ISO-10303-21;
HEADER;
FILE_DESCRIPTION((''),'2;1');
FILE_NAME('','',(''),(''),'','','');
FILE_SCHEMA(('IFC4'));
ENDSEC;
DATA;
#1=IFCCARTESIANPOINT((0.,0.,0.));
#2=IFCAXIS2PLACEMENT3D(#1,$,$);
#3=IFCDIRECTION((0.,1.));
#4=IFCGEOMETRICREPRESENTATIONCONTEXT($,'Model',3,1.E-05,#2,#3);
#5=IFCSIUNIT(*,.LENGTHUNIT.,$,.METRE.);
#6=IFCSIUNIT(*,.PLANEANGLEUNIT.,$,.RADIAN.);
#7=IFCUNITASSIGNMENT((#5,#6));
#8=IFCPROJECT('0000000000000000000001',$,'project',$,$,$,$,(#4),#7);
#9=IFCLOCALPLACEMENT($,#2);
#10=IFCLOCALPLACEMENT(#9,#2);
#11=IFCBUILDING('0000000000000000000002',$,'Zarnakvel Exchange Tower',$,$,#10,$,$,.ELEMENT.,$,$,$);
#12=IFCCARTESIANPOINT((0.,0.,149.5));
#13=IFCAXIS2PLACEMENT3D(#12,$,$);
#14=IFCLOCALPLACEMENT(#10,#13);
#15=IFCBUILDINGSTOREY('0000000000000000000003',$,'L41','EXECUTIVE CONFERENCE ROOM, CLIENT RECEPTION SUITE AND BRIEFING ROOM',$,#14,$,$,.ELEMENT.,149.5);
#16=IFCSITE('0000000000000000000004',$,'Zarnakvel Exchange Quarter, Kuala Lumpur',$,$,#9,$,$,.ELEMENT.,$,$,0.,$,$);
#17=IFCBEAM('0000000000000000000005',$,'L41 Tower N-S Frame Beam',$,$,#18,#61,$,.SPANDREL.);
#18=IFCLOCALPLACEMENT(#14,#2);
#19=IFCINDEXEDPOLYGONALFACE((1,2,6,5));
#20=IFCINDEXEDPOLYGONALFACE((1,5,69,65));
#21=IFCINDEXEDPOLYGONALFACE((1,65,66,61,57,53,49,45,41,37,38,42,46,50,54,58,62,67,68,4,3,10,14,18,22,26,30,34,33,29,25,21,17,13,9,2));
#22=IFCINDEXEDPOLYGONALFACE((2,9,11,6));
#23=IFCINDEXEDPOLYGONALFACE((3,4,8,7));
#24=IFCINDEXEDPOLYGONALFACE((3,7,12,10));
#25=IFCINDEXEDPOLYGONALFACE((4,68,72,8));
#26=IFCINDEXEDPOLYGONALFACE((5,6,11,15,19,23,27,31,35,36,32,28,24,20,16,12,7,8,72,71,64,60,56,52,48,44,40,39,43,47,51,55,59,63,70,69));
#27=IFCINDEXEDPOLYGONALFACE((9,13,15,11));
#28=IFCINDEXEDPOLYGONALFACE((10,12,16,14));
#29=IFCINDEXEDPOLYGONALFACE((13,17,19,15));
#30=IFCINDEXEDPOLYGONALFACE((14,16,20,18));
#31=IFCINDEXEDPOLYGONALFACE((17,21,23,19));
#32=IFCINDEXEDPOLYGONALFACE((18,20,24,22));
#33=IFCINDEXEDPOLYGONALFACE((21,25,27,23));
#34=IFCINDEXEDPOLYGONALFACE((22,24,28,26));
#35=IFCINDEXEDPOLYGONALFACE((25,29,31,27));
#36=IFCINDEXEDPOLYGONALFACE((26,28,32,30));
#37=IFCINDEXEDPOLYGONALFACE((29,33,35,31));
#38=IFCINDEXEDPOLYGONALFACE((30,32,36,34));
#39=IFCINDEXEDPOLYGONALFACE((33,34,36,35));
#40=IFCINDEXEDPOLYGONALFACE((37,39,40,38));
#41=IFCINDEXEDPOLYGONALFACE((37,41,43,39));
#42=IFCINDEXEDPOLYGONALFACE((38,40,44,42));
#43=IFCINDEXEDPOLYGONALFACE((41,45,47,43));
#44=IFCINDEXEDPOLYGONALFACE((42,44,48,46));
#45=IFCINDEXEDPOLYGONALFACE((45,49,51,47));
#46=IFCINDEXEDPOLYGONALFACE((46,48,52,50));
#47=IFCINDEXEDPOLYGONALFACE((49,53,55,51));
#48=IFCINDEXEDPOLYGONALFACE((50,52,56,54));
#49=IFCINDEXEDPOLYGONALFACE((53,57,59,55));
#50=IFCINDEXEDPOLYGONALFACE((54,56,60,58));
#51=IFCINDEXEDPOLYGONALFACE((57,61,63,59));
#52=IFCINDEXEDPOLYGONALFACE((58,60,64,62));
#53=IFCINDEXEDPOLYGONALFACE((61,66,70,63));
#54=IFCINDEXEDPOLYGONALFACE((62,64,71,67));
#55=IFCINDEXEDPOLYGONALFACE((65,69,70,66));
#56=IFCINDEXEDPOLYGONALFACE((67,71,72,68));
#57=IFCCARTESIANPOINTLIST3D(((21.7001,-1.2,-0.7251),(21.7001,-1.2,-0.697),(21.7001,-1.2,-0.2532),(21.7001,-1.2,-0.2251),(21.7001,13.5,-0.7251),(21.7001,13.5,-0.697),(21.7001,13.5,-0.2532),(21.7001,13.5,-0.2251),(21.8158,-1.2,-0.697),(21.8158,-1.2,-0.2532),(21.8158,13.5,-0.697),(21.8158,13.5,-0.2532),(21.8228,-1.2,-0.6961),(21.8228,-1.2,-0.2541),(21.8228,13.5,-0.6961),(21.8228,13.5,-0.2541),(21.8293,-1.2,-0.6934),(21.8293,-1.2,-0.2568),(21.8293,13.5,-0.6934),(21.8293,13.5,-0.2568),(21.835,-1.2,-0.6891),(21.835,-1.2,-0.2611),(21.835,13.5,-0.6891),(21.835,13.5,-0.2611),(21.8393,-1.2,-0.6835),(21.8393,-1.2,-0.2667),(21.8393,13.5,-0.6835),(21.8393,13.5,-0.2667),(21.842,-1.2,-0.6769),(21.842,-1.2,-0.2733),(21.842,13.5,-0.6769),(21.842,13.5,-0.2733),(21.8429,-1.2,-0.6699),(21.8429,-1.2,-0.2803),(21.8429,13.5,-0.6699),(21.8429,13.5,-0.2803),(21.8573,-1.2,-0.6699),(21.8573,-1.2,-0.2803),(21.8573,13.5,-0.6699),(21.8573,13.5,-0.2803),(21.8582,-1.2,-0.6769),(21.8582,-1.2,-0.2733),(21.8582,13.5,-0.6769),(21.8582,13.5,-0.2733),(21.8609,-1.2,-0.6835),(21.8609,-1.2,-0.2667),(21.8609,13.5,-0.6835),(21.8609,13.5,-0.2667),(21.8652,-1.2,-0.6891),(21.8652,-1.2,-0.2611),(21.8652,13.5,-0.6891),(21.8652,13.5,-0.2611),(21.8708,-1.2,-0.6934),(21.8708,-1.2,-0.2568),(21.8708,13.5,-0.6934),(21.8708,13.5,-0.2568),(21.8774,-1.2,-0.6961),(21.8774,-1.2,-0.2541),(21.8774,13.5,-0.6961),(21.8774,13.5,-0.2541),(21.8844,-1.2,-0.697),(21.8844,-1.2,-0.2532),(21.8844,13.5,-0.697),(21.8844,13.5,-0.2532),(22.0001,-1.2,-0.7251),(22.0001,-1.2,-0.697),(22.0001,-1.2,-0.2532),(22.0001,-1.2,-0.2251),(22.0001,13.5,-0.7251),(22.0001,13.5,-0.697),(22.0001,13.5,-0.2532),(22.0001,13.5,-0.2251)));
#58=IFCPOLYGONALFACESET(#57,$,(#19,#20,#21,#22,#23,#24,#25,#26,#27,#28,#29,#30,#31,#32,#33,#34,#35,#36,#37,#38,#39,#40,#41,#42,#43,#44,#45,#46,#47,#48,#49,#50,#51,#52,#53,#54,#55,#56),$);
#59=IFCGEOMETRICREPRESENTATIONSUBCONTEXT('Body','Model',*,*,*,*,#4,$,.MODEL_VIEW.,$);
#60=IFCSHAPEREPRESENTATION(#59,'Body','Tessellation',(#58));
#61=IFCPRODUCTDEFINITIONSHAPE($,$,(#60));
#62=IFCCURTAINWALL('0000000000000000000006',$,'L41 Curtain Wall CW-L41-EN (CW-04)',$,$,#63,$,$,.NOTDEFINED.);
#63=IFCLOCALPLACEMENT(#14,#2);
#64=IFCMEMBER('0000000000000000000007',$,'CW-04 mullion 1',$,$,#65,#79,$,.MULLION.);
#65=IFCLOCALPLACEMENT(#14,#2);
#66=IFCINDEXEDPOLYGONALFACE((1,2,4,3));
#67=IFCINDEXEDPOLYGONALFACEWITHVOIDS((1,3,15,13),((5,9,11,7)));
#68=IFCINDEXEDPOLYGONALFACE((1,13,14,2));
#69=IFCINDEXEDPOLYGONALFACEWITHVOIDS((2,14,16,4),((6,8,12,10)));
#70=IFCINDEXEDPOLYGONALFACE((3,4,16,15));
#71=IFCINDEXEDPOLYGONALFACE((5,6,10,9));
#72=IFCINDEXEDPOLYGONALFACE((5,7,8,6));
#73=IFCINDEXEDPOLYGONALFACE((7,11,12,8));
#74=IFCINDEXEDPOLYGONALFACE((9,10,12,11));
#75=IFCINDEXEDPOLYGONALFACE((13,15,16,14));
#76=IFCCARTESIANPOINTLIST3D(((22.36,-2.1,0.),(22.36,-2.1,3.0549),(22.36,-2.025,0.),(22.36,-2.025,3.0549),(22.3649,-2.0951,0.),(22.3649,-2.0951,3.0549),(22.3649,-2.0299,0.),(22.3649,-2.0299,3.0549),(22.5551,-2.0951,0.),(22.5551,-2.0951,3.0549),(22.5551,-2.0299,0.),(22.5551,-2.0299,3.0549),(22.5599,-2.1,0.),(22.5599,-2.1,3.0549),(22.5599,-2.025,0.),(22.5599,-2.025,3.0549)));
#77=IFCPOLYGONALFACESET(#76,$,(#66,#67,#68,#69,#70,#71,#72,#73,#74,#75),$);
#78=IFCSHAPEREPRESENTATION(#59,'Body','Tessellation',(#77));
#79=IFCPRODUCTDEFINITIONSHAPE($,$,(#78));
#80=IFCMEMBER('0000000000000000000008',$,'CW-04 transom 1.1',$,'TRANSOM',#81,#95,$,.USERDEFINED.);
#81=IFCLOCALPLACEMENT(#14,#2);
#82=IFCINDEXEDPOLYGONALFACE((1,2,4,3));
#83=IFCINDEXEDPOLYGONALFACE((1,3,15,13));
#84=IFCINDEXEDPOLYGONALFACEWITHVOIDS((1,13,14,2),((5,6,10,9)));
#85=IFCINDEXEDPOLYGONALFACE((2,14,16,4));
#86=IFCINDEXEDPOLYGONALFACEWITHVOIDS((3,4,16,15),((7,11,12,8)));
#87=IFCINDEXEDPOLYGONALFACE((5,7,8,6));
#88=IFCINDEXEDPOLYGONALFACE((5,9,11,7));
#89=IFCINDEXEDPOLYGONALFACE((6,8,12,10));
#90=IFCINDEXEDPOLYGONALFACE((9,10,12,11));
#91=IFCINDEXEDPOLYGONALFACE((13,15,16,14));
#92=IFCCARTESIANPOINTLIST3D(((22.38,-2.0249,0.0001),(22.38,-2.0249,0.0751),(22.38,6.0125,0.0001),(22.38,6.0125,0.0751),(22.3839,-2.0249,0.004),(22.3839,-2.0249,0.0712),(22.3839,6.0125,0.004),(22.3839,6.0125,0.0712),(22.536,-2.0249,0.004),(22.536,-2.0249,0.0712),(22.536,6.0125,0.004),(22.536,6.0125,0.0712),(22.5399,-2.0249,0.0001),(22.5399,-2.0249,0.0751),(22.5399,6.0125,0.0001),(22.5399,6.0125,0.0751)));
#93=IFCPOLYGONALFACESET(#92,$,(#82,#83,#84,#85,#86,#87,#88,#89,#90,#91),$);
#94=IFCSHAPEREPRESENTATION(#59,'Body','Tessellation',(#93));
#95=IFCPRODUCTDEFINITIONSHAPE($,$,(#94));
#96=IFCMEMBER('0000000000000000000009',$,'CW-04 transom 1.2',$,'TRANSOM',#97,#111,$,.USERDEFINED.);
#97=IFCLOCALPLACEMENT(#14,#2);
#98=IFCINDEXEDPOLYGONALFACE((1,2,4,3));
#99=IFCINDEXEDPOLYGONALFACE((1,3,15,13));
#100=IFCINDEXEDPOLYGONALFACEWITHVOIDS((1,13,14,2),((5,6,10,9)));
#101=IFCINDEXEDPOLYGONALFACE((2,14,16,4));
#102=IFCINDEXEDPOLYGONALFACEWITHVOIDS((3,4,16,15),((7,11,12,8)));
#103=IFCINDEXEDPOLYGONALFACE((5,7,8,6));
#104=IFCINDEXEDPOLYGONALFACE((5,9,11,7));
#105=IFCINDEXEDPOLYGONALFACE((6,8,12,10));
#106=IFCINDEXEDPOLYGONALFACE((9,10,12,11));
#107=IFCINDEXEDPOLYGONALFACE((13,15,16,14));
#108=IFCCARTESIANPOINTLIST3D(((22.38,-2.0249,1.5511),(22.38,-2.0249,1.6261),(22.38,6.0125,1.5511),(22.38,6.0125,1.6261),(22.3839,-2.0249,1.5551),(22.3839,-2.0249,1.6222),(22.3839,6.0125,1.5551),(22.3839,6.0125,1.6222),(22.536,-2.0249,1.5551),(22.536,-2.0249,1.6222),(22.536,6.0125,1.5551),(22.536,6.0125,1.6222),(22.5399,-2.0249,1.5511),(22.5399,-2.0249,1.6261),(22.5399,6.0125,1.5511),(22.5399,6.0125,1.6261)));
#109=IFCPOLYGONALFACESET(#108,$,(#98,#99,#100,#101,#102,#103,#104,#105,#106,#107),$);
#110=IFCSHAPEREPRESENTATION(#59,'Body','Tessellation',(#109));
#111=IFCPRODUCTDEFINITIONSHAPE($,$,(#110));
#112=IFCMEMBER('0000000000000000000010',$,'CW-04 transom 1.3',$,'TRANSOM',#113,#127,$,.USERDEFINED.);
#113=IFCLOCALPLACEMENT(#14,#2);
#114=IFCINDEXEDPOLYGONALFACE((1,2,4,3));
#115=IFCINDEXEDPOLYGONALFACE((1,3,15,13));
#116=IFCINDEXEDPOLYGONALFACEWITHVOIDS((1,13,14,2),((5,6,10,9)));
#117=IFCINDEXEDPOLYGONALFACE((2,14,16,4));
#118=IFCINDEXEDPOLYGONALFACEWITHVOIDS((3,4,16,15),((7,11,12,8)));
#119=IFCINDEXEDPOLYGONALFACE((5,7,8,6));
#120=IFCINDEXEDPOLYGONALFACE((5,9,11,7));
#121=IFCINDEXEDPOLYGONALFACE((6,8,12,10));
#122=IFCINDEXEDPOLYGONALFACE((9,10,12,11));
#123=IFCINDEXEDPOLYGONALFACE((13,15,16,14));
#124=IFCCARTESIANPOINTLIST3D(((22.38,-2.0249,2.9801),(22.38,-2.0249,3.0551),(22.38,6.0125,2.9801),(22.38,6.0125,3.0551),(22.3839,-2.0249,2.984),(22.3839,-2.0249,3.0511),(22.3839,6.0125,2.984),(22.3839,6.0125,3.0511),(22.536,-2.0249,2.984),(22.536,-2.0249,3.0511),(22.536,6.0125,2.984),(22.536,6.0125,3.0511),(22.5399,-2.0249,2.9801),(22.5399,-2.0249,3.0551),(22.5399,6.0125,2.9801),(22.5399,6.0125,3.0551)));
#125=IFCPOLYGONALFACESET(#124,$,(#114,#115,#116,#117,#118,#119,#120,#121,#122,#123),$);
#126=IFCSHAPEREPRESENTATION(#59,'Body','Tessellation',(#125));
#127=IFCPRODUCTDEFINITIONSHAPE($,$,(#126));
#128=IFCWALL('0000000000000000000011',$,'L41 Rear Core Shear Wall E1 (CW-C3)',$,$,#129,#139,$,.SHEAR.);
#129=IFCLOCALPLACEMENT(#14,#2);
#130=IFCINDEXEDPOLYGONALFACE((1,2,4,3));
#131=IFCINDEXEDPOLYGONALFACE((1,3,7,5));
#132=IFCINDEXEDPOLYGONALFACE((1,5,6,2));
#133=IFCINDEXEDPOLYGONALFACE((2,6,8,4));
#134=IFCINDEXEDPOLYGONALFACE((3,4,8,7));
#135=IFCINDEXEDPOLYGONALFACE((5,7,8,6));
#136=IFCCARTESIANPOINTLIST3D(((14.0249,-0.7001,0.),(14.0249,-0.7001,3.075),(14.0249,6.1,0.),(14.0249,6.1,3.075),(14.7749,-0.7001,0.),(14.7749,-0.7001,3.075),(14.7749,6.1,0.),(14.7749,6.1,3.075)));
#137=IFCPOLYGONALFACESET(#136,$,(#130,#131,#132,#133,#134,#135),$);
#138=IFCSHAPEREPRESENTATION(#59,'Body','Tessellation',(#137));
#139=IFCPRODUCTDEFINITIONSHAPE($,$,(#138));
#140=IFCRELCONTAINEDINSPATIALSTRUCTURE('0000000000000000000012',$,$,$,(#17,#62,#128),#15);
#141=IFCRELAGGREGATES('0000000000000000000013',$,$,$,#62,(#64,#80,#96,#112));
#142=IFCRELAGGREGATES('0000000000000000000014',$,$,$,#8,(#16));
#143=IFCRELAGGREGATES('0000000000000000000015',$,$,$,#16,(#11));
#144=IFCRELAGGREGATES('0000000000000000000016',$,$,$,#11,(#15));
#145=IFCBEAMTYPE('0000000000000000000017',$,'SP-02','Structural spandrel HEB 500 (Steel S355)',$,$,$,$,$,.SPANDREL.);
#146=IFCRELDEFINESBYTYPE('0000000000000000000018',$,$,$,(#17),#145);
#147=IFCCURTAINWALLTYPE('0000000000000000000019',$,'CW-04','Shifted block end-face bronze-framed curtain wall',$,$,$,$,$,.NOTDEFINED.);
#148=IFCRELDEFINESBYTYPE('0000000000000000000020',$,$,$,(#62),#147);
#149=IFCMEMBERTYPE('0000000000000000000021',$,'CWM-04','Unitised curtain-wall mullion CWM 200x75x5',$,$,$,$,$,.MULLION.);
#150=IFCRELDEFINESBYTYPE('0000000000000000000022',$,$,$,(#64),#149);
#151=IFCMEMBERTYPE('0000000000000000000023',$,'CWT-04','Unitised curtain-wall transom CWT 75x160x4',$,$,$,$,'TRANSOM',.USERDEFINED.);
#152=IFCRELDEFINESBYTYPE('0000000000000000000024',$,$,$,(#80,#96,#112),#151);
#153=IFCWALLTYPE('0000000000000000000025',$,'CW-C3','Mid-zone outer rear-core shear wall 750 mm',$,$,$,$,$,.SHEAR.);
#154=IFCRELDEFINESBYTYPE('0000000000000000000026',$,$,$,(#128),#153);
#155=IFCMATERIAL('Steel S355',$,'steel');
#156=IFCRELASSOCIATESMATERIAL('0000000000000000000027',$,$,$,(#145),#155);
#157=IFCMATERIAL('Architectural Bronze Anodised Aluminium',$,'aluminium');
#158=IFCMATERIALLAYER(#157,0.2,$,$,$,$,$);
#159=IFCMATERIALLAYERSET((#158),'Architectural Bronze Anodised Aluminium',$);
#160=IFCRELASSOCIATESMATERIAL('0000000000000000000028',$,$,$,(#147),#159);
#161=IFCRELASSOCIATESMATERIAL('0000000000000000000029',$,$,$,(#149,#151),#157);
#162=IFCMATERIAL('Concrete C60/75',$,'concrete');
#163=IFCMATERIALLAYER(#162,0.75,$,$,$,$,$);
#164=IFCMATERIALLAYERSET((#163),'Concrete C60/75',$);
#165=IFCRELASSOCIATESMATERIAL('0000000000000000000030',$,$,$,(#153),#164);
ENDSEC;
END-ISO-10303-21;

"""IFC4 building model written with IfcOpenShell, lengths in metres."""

from ifc_helpers import new_model, si_unit, direction, frame, frame_2d, origin, origin_2d, place, context, subcontext, project, spatial, rectangle, hollow_rectangle, i_section, extrude, source, transform, mapped, material, layer, layer_set, material_profile, profile_set, type_object, element, aggregate, save


model = new_model("IFC4")

# Units and contexts
model_context = context("Model", 3, precision=1e-05, world=origin(), true_north=direction((0.0, 1.0)))
body_context = subcontext(model_context, "Body", "Model", "MODEL_VIEW")
ifc_project = project(units=[si_unit("LENGTHUNIT", "METRE"), si_unit("PLANEANGLEUNIT", "RADIAN")], contexts=[model_context])

# Site, building, storey
site_placement = place(None, origin())
site = spatial("IfcSite", under=ifc_project, at=site_placement, Name="Zarnakvel Exchange Quarter, Kuala Lumpur", CompositionType="ELEMENT", RefElevation=0.0)
building_placement = place(site_placement, origin())
building = spatial("IfcBuilding", under=site, at=building_placement, Name="Zarnakvel Exchange Tower", CompositionType="ELEMENT")
storey_placement = place(building_placement, frame((0.0, 0.0, 149.5)))
storey = spatial("IfcBuildingStorey", under=building, at=storey_placement, Name="L41", Description="EXECUTIVE CONFERENCE ROOM, CLIENT RECEPTION SUITE AND BRIEFING ROOM", CompositionType="ELEMENT", Elevation=149.5)

# Shared definitions
ifc_material_1 = material(Name="Concrete C60/75", Category="concrete")
ifc_material_2 = material(Name="Steel S355", Category="steel")

# Beam
ifc_material_profile_1 = material_profile(ifc_material_2, i_section(OverallWidth=0.3, OverallDepth=0.5, WebThickness=0.0144, FlangeThickness=0.0281, FilletRadius=0.0271, at=origin_2d()))
ifc_profile_set_1 = profile_set([ifc_material_profile_1], Name="Steel S355")
beam_type_1 = type_object("IfcBeamType", Name="SP-02", Description="Structural spandrel HEB 500 (Steel S355)", PredefinedType="SPANDREL", material=ifc_profile_set_1)
beam_1_placement = place(storey_placement, frame((21.8501, -1.2, -0.4751), z_axis=(0.0, 1.0, 0.0), x_axis=(-1.0, 0.0, 0.0)))
element("IfcBeam", 1, at=beam_1_placement, inside=storey, type_object=beam_type_1, Name="L41 Tower N-S Frame Beam", PredefinedType="SPANDREL", context=body_context, shape_type="SweptSolid", body=[
    extrude(i_section(OverallWidth=0.3, OverallDepth=0.5, WebThickness=0.0144, FlangeThickness=0.0281, FilletRadius=0.0271, at=origin_2d()), origin(), (0.0, 0.0, 1.0), 14.7),
])

# Curtain wall, members
ifc_material_3 = material(Name="Architectural Bronze Anodised Aluminium", Category="aluminium")
ifc_layer_1 = layer(ifc_material_3, 0.2)
ifc_layer_set_1 = layer_set([ifc_layer_1], Name="Architectural Bronze Anodised Aluminium")
curtain_wall_type = type_object("IfcCurtainWallType", Name="CW-04", Description="Shifted block end-face bronze-framed curtain wall", PredefinedType="NOTDEFINED", material=ifc_layer_set_1)
curtain_wall_placement = place(storey_placement, origin())
curtain_wall = element("IfcCurtainWall", 2, at=curtain_wall_placement, inside=storey, type_object=curtain_wall_type, Name="L41 Curtain Wall CW-L41-EN (CW-04)", PredefinedType="NOTDEFINED")
ifc_material_profile_2 = material_profile(ifc_material_3, hollow_rectangle(XDim=0.2, YDim=0.075, WallThickness=0.0049, at=origin_2d()))
ifc_profile_set_2 = profile_set([ifc_material_profile_2], Name="Architectural Bronze Anodised Aluminium")
member_type_1 = type_object("IfcMemberType", Name="CWM-04", Description="Unitised curtain-wall mullion CWM 200x75x5", PredefinedType="MULLION", material=ifc_profile_set_2)
shared_shape_1 = source(origin(), body_context, "Body", "SweptSolid", [
    extrude(hollow_rectangle(XDim=0.2, YDim=0.075, WallThickness=0.0049, at=origin_2d()), origin(), (0.0, 0.0, 1.0), 3.0549),
])
member_1_placement = place(storey_placement, frame((22.46, -2.0625, 0.0), z_axis=(0.0, 0.0, 1.0), x_axis=(-1.0, 0.0, 0.0)))
member_1 = element("IfcMember", 3, at=member_1_placement, type_object=member_type_1, Name="CW-04 mullion 1", PredefinedType="MULLION", context=body_context, shape_type="MappedRepresentation", body=[
    mapped(shared_shape_1, transform((0.0, 0.0, 0.0), x_axis=(1.0, 0.0, 0.0), y_axis=(0.0, 1.0, 0.0), z_axis=(0.0, 0.0, 1.0), scale=1.0)),
])
ifc_material_profile_3 = material_profile(ifc_material_3, hollow_rectangle(XDim=0.1599, YDim=0.075, WallThickness=0.0039, at=origin_2d()))
ifc_profile_set_3 = profile_set([ifc_material_profile_3], Name="Architectural Bronze Anodised Aluminium")
member_type_2 = type_object("IfcMemberType", Name="CWT-04", Description="Unitised curtain-wall transom CWT 75x160x4", ElementType="TRANSOM", PredefinedType="USERDEFINED", material=ifc_profile_set_3)
shared_shape_2 = source(origin(), body_context, "Body", "SweptSolid", [
    extrude(hollow_rectangle(XDim=0.1599, YDim=0.075, WallThickness=0.0039, at=origin_2d()), origin(), (0.0, 0.0, 1.0), 8.0374),
])
member_2_placement = place(storey_placement, frame((22.46, -2.0249, 0.0376), z_axis=(0.0, 1.0, 0.0), x_axis=(-1.0, 0.0, 0.0)))
member_2 = element("IfcMember", 4, at=member_2_placement, type_object=member_type_2, Name="CW-04 transom 1.1", ObjectType="TRANSOM", PredefinedType="USERDEFINED", context=body_context, shape_type="MappedRepresentation", body=[
    mapped(shared_shape_2, transform((0.0, 0.0, 0.0), x_axis=(1.0, 0.0, 0.0), y_axis=(0.0, 1.0, 0.0), z_axis=(0.0, 0.0, 1.0), scale=1.0)),
])
member_3_placement = place(storey_placement, frame((22.46, -2.0249, 1.5886), z_axis=(0.0, 1.0, 0.0), x_axis=(-1.0, 0.0, 0.0)))
member_3 = element("IfcMember", 5, at=member_3_placement, type_object=member_type_2, Name="CW-04 transom 1.2", ObjectType="TRANSOM", PredefinedType="USERDEFINED", context=body_context, shape_type="MappedRepresentation", body=[
    mapped(shared_shape_2, transform((0.0, 0.0, 0.0), x_axis=(1.0, 0.0, 0.0), y_axis=(0.0, 1.0, 0.0), z_axis=(0.0, 0.0, 1.0), scale=1.0)),
])
member_4_placement = place(storey_placement, frame((22.46, -2.0249, 3.0176), z_axis=(0.0, 1.0, 0.0), x_axis=(-1.0, 0.0, 0.0)))
member_4 = element("IfcMember", 6, at=member_4_placement, type_object=member_type_2, Name="CW-04 transom 1.3", ObjectType="TRANSOM", PredefinedType="USERDEFINED", context=body_context, shape_type="MappedRepresentation", body=[
    mapped(shared_shape_2, transform((0.0, 0.0, 0.0), x_axis=(1.0, 0.0, 0.0), y_axis=(0.0, 1.0, 0.0), z_axis=(0.0, 0.0, 1.0), scale=1.0)),
])
aggregate(curtain_wall, [member_1, member_2, member_3, member_4])

# Wall
ifc_layer_2 = layer(ifc_material_1, 0.75)
ifc_layer_set_2 = layer_set([ifc_layer_2], Name="Concrete C60/75")
wall_type_1 = type_object("IfcWallType", Name="CW-C3", Description="Mid-zone outer rear-core shear wall 750 mm", PredefinedType="SHEAR", material=ifc_layer_set_2)
wall_1_placement = place(storey_placement, frame((14.3999, -0.7, 0.0), z_axis=(0.0, 0.0, 1.0), x_axis=(0.0, 1.0, 0.0)))
element("IfcWall", 7, at=wall_1_placement, inside=storey, type_object=wall_type_1, Name="L41 Rear Core Shear Wall E1 (CW-C3)", PredefinedType="SHEAR", context=body_context, shape_type="SweptSolid", body=[
    extrude(rectangle(XDim=6.8, YDim=0.75, at=frame_2d((3.3999, 0.0))), origin(), (0.0, 0.0, 1.0), 3.075),
])

save(model, "model.ifc")
